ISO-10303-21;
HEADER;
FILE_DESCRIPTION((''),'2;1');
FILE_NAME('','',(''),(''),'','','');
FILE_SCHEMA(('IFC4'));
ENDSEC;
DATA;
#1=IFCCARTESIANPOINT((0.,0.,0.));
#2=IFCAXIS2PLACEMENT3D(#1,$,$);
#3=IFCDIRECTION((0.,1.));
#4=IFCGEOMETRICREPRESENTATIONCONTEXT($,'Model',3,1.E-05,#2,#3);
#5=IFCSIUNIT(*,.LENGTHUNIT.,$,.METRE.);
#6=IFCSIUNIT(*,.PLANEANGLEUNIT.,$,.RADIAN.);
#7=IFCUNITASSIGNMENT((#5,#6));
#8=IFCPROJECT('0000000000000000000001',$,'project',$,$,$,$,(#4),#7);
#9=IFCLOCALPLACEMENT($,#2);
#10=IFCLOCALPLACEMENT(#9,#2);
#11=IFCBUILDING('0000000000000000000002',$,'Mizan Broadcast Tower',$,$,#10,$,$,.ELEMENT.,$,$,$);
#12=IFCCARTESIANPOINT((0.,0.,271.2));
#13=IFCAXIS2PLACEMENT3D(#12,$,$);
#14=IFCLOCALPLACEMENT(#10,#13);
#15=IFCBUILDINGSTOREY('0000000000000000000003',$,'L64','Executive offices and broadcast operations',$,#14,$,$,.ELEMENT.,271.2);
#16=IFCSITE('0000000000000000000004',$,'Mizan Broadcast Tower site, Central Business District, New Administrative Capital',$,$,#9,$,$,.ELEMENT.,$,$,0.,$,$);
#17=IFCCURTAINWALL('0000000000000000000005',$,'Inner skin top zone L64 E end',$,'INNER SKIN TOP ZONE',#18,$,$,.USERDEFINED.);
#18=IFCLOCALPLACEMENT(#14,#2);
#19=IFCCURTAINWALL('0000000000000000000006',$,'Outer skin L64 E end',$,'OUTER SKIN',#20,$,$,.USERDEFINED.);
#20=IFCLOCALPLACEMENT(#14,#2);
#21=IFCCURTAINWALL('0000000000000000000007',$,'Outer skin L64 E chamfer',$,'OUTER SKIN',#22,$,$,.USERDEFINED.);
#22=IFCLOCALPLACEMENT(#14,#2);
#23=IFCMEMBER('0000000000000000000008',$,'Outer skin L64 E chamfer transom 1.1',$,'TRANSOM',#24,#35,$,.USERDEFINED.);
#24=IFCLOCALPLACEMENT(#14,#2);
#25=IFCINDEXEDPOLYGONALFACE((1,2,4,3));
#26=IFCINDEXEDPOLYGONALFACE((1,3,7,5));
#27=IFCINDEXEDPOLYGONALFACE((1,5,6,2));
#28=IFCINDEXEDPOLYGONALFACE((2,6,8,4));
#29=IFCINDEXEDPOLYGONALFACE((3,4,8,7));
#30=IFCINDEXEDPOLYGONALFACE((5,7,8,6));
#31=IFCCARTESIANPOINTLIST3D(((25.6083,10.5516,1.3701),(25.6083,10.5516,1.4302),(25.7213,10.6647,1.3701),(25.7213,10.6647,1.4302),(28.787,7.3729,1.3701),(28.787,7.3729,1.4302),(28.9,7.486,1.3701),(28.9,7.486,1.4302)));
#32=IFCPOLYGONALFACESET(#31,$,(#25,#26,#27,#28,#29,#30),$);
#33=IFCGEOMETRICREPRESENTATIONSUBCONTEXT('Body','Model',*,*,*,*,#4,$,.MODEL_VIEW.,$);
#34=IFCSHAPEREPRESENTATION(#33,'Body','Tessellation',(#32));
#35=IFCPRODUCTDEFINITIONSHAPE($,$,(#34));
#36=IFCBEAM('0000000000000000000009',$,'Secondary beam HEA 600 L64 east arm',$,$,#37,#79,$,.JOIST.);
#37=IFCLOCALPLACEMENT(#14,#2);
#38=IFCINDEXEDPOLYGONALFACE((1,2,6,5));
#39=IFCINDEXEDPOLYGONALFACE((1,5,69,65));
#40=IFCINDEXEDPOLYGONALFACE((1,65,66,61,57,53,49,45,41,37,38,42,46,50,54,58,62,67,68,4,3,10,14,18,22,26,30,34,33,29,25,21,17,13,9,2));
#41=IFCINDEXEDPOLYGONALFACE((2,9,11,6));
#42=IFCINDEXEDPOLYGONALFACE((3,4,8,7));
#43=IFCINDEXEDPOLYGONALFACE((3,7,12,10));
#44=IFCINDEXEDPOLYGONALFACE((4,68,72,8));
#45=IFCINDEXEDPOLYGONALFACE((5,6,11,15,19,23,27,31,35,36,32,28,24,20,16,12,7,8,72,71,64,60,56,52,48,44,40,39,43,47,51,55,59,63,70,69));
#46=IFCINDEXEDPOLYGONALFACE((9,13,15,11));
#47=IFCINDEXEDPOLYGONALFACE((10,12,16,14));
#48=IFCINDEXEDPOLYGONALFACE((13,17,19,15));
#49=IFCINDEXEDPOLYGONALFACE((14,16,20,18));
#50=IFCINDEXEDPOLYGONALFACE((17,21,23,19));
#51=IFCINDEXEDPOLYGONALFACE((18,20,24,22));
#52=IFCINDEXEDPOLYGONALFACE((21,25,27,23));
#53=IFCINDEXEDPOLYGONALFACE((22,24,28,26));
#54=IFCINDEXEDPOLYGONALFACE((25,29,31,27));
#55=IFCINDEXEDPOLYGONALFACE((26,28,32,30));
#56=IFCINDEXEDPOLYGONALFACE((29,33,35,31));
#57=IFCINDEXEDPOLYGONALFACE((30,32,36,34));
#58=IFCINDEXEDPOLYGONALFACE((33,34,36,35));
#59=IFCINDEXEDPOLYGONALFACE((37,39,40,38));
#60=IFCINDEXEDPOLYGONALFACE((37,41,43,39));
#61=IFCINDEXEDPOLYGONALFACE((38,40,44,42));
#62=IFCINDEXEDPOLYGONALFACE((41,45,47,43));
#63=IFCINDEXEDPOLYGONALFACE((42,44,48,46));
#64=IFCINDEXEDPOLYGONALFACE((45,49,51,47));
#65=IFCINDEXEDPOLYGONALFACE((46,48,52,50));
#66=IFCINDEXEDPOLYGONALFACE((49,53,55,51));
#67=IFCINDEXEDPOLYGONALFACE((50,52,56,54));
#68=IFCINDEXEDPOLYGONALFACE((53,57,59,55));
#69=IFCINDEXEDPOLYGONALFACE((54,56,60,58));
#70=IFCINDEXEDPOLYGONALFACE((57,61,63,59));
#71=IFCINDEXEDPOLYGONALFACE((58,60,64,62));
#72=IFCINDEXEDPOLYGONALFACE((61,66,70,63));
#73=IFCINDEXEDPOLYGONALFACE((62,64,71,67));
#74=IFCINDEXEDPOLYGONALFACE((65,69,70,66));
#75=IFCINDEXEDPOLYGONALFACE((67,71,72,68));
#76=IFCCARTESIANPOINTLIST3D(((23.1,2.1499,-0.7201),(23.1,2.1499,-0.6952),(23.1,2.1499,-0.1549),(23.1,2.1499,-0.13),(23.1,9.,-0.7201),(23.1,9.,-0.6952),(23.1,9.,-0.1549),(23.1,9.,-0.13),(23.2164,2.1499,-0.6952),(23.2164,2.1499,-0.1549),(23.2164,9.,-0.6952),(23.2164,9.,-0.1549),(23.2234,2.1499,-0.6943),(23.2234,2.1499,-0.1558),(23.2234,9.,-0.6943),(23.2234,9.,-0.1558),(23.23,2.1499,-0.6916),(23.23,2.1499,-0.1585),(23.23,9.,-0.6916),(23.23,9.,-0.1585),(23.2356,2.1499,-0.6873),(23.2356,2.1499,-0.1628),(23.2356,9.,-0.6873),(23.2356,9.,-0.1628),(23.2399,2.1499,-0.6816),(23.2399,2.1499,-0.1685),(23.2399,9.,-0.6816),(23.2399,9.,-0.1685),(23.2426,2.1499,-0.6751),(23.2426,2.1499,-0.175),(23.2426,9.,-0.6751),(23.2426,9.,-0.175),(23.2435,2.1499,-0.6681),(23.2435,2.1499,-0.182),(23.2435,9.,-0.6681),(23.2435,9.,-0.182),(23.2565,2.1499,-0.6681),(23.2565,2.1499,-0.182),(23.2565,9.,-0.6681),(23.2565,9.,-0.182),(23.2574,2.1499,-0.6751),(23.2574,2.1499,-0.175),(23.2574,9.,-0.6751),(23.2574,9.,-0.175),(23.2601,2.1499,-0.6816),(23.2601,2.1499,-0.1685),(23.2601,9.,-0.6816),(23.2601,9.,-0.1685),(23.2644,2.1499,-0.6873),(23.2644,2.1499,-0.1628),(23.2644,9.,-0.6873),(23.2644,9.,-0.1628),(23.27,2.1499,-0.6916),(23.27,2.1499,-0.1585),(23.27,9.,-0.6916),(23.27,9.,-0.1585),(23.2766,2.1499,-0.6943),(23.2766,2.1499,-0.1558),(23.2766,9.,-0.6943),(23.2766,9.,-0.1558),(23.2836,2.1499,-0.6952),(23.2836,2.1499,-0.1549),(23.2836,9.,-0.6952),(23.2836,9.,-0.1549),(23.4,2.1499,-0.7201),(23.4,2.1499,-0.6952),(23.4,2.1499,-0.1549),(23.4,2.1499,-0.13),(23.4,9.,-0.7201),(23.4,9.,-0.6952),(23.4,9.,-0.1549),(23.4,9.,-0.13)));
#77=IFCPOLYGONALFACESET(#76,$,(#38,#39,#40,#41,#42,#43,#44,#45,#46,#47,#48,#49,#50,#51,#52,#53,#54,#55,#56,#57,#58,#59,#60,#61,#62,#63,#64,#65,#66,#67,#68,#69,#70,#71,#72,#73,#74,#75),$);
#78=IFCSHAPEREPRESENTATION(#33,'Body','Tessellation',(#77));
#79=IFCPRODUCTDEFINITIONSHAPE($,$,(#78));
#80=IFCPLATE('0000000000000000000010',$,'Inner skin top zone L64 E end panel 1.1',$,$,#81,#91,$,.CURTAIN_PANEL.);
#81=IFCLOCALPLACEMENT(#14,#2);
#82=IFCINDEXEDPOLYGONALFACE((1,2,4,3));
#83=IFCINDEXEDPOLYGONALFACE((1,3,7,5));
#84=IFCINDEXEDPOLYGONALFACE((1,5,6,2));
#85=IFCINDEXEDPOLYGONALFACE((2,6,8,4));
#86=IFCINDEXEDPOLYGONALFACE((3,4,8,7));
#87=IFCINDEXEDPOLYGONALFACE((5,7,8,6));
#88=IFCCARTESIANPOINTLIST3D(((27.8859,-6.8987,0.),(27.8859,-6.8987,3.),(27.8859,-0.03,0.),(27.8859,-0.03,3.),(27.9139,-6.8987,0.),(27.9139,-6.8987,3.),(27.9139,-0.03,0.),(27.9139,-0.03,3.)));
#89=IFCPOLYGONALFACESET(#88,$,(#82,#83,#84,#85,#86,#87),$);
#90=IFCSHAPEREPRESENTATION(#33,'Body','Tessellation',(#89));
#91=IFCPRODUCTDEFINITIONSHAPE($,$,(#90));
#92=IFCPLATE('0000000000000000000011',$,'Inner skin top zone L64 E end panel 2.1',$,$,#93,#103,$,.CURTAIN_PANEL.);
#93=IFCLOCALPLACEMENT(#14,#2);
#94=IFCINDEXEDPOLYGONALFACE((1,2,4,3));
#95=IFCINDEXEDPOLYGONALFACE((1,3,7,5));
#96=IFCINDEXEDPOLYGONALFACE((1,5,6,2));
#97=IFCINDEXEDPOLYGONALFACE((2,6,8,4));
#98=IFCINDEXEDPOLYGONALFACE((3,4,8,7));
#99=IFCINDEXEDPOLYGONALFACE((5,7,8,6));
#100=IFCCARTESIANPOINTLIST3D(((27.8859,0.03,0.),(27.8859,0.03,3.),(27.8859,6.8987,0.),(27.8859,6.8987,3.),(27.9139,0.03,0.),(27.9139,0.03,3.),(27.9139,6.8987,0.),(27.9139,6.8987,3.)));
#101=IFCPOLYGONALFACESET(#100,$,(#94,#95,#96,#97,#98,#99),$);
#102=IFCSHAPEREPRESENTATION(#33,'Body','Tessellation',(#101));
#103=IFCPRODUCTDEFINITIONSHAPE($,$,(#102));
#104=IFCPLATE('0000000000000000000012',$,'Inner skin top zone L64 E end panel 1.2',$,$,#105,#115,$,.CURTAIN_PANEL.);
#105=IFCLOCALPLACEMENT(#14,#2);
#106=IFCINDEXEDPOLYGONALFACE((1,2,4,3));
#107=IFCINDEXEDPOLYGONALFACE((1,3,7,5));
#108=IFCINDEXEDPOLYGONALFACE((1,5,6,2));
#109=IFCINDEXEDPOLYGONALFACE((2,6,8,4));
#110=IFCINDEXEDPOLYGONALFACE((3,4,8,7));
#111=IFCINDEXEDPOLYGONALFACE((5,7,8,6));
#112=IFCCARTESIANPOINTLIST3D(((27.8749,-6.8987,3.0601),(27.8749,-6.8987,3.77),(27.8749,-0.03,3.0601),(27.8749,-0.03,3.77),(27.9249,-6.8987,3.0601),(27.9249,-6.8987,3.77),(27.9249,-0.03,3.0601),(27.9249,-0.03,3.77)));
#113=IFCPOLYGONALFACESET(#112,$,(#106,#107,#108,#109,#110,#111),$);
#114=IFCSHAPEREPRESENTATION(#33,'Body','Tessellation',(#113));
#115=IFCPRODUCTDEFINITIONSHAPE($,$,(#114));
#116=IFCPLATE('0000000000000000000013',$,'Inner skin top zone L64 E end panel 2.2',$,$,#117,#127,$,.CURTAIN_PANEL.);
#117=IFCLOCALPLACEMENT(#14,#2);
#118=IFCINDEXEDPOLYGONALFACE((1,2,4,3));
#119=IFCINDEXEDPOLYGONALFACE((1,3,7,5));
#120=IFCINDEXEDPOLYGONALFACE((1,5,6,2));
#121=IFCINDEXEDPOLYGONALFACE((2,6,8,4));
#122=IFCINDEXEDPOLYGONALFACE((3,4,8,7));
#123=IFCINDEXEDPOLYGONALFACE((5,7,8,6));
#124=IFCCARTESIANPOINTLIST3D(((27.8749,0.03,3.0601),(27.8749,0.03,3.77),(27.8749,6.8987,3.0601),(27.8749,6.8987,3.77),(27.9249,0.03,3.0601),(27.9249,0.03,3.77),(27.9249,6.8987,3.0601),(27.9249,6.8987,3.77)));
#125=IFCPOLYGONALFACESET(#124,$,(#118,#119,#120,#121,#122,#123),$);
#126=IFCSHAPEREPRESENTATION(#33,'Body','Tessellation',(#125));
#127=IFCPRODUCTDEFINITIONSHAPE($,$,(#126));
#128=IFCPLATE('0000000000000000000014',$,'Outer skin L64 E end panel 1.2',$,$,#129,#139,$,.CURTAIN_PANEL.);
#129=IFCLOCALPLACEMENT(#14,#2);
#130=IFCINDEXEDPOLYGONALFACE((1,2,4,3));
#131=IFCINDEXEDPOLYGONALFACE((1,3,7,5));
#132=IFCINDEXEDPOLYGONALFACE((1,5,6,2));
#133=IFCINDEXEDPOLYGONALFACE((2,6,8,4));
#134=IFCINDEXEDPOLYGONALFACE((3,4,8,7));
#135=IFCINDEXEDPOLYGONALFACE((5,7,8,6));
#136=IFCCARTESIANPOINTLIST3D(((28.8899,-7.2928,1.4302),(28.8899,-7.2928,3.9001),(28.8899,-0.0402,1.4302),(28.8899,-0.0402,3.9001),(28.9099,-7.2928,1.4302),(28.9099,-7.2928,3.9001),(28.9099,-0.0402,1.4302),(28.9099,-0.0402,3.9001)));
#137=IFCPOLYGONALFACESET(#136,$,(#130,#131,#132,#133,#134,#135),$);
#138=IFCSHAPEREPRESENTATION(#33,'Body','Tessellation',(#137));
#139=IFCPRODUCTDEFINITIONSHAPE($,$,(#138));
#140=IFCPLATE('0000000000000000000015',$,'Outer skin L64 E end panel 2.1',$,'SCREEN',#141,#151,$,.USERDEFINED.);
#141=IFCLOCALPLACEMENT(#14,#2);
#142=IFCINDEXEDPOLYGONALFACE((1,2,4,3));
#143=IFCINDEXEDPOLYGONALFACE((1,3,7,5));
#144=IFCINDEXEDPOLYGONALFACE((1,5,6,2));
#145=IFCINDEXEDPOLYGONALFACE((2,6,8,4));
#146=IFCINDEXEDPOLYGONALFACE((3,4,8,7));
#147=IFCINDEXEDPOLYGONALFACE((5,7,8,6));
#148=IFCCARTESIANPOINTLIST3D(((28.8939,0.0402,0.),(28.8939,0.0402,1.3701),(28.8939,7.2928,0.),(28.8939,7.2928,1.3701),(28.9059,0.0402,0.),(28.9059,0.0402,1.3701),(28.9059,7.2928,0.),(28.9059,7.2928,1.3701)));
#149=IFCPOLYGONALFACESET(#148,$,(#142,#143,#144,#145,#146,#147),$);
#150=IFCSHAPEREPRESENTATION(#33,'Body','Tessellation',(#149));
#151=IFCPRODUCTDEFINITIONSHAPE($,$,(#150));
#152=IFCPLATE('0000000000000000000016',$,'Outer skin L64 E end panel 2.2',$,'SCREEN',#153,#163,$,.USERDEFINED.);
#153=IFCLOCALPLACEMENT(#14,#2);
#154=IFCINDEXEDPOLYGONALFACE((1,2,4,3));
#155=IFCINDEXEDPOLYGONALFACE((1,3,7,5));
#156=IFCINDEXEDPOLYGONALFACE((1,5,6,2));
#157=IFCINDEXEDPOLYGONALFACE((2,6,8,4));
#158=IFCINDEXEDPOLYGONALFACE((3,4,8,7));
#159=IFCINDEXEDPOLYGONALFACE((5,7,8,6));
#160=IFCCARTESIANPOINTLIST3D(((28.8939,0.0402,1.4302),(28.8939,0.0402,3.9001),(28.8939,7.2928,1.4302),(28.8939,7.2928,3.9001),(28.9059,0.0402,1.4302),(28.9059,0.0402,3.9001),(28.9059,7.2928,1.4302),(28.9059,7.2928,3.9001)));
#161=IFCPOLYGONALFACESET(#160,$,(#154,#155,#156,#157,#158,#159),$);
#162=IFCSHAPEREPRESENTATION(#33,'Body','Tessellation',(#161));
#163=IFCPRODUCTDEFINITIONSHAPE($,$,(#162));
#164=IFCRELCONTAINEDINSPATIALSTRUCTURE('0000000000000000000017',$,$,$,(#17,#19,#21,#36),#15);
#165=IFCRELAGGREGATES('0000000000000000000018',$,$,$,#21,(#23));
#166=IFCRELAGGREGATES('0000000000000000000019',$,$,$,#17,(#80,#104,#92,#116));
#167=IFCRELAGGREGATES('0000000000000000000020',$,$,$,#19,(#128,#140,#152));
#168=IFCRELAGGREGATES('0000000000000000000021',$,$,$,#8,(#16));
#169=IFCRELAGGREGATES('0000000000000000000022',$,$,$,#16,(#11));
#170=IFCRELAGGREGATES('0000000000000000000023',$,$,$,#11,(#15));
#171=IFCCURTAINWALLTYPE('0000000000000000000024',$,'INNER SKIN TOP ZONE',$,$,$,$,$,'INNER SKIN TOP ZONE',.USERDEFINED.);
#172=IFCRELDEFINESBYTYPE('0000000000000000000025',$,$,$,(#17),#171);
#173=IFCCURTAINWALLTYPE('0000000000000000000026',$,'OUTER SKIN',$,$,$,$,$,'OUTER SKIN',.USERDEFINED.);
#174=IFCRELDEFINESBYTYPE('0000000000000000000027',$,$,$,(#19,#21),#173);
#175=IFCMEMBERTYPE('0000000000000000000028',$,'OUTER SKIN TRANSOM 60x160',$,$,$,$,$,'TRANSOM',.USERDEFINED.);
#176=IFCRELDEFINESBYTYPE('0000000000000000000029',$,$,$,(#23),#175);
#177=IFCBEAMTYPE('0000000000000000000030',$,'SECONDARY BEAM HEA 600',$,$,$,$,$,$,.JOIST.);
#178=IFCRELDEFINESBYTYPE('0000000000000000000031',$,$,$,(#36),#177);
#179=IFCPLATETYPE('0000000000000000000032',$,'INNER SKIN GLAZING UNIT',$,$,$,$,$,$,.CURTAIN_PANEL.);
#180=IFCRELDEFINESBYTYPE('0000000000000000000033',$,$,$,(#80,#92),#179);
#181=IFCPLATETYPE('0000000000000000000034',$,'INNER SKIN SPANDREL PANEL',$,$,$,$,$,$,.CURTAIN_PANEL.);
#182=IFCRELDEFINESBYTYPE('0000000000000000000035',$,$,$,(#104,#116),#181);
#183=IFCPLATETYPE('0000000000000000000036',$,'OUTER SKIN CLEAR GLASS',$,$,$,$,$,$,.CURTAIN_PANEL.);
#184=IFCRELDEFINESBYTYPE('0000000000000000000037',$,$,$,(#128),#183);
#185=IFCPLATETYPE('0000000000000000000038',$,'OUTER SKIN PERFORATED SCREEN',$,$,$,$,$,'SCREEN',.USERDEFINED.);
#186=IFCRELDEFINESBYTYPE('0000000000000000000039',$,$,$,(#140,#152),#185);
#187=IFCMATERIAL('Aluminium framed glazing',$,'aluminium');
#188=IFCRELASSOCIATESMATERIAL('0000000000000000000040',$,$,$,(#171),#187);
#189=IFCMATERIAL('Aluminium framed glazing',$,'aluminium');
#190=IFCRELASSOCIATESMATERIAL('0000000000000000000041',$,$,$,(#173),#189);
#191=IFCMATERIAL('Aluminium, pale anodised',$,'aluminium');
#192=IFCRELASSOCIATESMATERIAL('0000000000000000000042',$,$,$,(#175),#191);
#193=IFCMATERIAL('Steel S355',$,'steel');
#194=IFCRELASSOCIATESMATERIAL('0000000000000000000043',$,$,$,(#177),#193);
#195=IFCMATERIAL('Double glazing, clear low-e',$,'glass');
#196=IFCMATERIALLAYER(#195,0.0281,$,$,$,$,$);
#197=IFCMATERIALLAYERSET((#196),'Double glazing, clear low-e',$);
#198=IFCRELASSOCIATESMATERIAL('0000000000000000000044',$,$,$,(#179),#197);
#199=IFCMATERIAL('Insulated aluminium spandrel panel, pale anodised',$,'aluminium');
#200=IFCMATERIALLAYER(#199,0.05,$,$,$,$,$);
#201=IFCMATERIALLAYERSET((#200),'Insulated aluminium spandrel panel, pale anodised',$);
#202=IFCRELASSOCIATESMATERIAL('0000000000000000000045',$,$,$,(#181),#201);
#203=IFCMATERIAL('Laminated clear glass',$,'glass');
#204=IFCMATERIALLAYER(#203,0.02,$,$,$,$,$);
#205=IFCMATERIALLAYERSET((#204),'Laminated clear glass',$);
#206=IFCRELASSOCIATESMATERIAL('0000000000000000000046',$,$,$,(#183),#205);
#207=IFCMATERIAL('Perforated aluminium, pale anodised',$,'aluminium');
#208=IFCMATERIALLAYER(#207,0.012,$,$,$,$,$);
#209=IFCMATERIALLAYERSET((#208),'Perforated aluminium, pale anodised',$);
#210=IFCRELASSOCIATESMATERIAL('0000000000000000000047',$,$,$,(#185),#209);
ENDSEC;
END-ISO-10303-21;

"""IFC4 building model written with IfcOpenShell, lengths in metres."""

from ifc_helpers import new_model, si_unit, direction, frame, origin, origin_2d, place, context, subcontext, project, spatial, rectangle, i_section, extrude, material, layer, layer_set, material_profile, profile_set, type_object, element, aggregate, save


model = new_model("IFC4")

# Units and contexts
model_context = context("Model", 3, precision=1e-05, world=origin(), true_north=direction((0.0, 1.0)))
body_context = subcontext(model_context, "Body", "Model", "MODEL_VIEW")
ifc_project = project(units=[si_unit("LENGTHUNIT", "METRE"), si_unit("PLANEANGLEUNIT", "RADIAN")], contexts=[model_context])

# Site, building, storey
site_placement = place(None, origin())
site = spatial("IfcSite", under=ifc_project, at=site_placement, Name="Mizan Broadcast Tower site, Central Business District, New Administrative Capital", CompositionType="ELEMENT", RefElevation=0.0)
building_placement = place(site_placement, origin())
building = spatial("IfcBuilding", under=site, at=building_placement, Name="Mizan Broadcast Tower", CompositionType="ELEMENT")
storey_placement = place(building_placement, frame((0.0, 0.0, 271.2)))
storey = spatial("IfcBuildingStorey", under=building, at=storey_placement, Name="L64", Description="Executive offices and broadcast operations", CompositionType="ELEMENT", Elevation=271.2)

# Curtain wall
ifc_material_1 = material(Name="Aluminium framed glazing", Category="aluminium")
curtain_wall_type_1 = type_object("IfcCurtainWallType", Name="INNER SKIN TOP ZONE", ElementType="INNER SKIN TOP ZONE", PredefinedType="USERDEFINED", material=ifc_material_1)
curtain_wall_1_placement = place(storey_placement, origin())
curtain_wall_1 = element("IfcCurtainWall", 1, at=curtain_wall_1_placement, inside=storey, type_object=curtain_wall_type_1, Name="Inner skin top zone L64 E end", ObjectType="INNER SKIN TOP ZONE", PredefinedType="USERDEFINED")

# Curtain wall
ifc_material_2 = material(Name="Aluminium framed glazing", Category="aluminium")
curtain_wall_type_2 = type_object("IfcCurtainWallType", Name="OUTER SKIN", ElementType="OUTER SKIN", PredefinedType="USERDEFINED", material=ifc_material_2)
curtain_wall_2_placement = place(storey_placement, origin())
curtain_wall_2 = element("IfcCurtainWall", 2, at=curtain_wall_2_placement, inside=storey, type_object=curtain_wall_type_2, Name="Outer skin L64 E end", ObjectType="OUTER SKIN", PredefinedType="USERDEFINED")
ifc_material_3 = material(Name="Aluminium, pale anodised", Category="aluminium")
ifc_material_profile_1 = material_profile(ifc_material_3, rectangle(XDim=0.1599, YDim=0.0601, at=origin_2d()), Name="TRANSOM 160x60")
ifc_profile_set_1 = profile_set([ifc_material_profile_1], Name="Aluminium, pale anodised")
member_type_1 = type_object("IfcMemberType", Name="OUTER SKIN TRANSOM 60x160", ElementType="TRANSOM", PredefinedType="USERDEFINED", material=ifc_profile_set_1)

# Curtain wall, member
curtain_wall_3_placement = place(storey_placement, origin())
curtain_wall_3 = element("IfcCurtainWall", 3, at=curtain_wall_3_placement, inside=storey, type_object=curtain_wall_type_2, Name="Outer skin L64 E chamfer", ObjectType="OUTER SKIN", PredefinedType="USERDEFINED")
member_1_placement = place(storey_placement, frame((28.8435, 7.4294, 1.4001), z_axis=(-0.707107, 0.707107, 0.0), x_axis=(-0.707107, -0.707107, 0.0)))
member_1 = element("IfcMember", 4, at=member_1_placement, type_object=member_type_1, Name="Outer skin L64 E chamfer transom 1.1", ObjectType="TRANSOM", PredefinedType="USERDEFINED", context=body_context, shape_type="SweptSolid", body=[
    extrude(rectangle(XDim=0.1599, YDim=0.0601, at=origin_2d()), origin(), (0.0, 0.0, 1.0), 4.4954),
])
aggregate(curtain_wall_3, [member_1])

# Beam
ifc_material_4 = material(Name="Steel S355", Category="steel")
ifc_material_profile_2 = material_profile(ifc_material_4, i_section(OverallWidth=0.3, OverallDepth=0.5901, WebThickness=0.0129, FlangeThickness=0.0249, FilletRadius=0.0271, at=origin_2d()), Name="HEA 600")
ifc_profile_set_2 = profile_set([ifc_material_profile_2], Name="Steel S355")
beam_type_1 = type_object("IfcBeamType", Name="SECONDARY BEAM HEA 600", PredefinedType="JOIST", material=ifc_profile_set_2)
beam_1_placement = place(storey_placement, frame((23.25, 9.0, -0.425), z_axis=(0.0, -1.0, 0.0), x_axis=(1.0, 0.0, 0.0)))
element("IfcBeam", 5, at=beam_1_placement, inside=storey, type_object=beam_type_1, Name="Secondary beam HEA 600 L64 east arm", PredefinedType="JOIST", context=body_context, shape_type="SweptSolid", body=[
    extrude(i_section(OverallWidth=0.3, OverallDepth=0.5901, WebThickness=0.0129, FlangeThickness=0.0249, FilletRadius=0.0271, at=origin_2d()), origin(), (0.0, 0.0, 1.0), 6.8501),
])

# Plates
ifc_material_5 = material(Name="Double glazing, clear low-e", Category="glass")
ifc_layer_1 = layer(ifc_material_5, 0.0281)
ifc_layer_set_1 = layer_set([ifc_layer_1], Name="Double glazing, clear low-e")
plate_type_1 = type_object("IfcPlateType", Name="INNER SKIN GLAZING UNIT", PredefinedType="CURTAIN_PANEL", material=ifc_layer_set_1)
plate_1_placement = place(storey_placement, frame((27.8999, -3.4644, 0.0), z_axis=(0.0, 0.0, 1.0), x_axis=(0.0, 1.0, 0.0)))
plate_1 = element("IfcPlate", 6, at=plate_1_placement, type_object=plate_type_1, Name="Inner skin top zone L64 E end panel 1.1", PredefinedType="CURTAIN_PANEL", context=body_context, shape_type="SweptSolid", body=[
    extrude(rectangle(XDim=6.8687, YDim=0.0281, at=origin_2d()), origin(), (0.0, 0.0, 1.0), 3.0),
])
plate_2_placement = place(storey_placement, frame((27.8999, 3.4644, 0.0), z_axis=(0.0, 0.0, 1.0), x_axis=(0.0, 1.0, 0.0)))
plate_2 = element("IfcPlate", 7, at=plate_2_placement, type_object=plate_type_1, Name="Inner skin top zone L64 E end panel 2.1", PredefinedType="CURTAIN_PANEL", context=body_context, shape_type="SweptSolid", body=[
    extrude(rectangle(XDim=6.8687, YDim=0.0281, at=origin_2d()), origin(), (0.0, 0.0, 1.0), 3.0),
])
ifc_material_6 = material(Name="Insulated aluminium spandrel panel, pale anodised", Category="aluminium")
ifc_layer_2 = layer(ifc_material_6, 0.05)
ifc_layer_set_2 = layer_set([ifc_layer_2], Name="Insulated aluminium spandrel panel, pale anodised")
plate_type_2 = type_object("IfcPlateType", Name="INNER SKIN SPANDREL PANEL", PredefinedType="CURTAIN_PANEL", material=ifc_layer_set_2)
plate_3_placement = place(storey_placement, frame((27.8999, -3.4644, 3.0601), z_axis=(0.0, 0.0, 1.0), x_axis=(0.0, 1.0, 0.0)))
plate_3 = element("IfcPlate", 8, at=plate_3_placement, type_object=plate_type_2, Name="Inner skin top zone L64 E end panel 1.2", PredefinedType="CURTAIN_PANEL", context=body_context, shape_type="SweptSolid", body=[
    extrude(rectangle(XDim=6.8687, YDim=0.05, at=origin_2d()), origin(), (0.0, 0.0, 1.0), 0.71),
])
plate_4_placement = place(storey_placement, frame((27.8999, 3.4644, 3.0601), z_axis=(0.0, 0.0, 1.0), x_axis=(0.0, 1.0, 0.0)))
plate_4 = element("IfcPlate", 9, at=plate_4_placement, type_object=plate_type_2, Name="Inner skin top zone L64 E end panel 2.2", PredefinedType="CURTAIN_PANEL", context=body_context, shape_type="SweptSolid", body=[
    extrude(rectangle(XDim=6.8687, YDim=0.05, at=origin_2d()), origin(), (0.0, 0.0, 1.0), 0.71),
])
aggregate(curtain_wall_1, [plate_1, plate_3, plate_2, plate_4])
ifc_material_7 = material(Name="Laminated clear glass", Category="glass")
ifc_layer_3 = layer(ifc_material_7, 0.02)
ifc_layer_set_3 = layer_set([ifc_layer_3], Name="Laminated clear glass")
plate_type_3 = type_object("IfcPlateType", Name="OUTER SKIN CLEAR GLASS", PredefinedType="CURTAIN_PANEL", material=ifc_layer_set_3)
plate_5_placement = place(storey_placement, frame((28.8999, -3.6665, 1.4302), z_axis=(0.0, 0.0, 1.0), x_axis=(0.0, 1.0, 0.0)))
plate_5 = element("IfcPlate", 10, at=plate_5_placement, type_object=plate_type_3, Name="Outer skin L64 E end panel 1.2", PredefinedType="CURTAIN_PANEL", context=body_context, shape_type="SweptSolid", body=[
    extrude(rectangle(XDim=7.2527, YDim=0.02, at=origin_2d()), origin(), (0.0, 0.0, 1.0), 2.47),
])
ifc_material_8 = material(Name="Perforated aluminium, pale anodised", Category="aluminium")
ifc_layer_4 = layer(ifc_material_8, 0.012)
ifc_layer_set_4 = layer_set([ifc_layer_4], Name="Perforated aluminium, pale anodised")
plate_type_4 = type_object("IfcPlateType", Name="OUTER SKIN PERFORATED SCREEN", ElementType="SCREEN", PredefinedType="USERDEFINED", material=ifc_layer_set_4)
plate_6_placement = place(storey_placement, frame((28.8999, 3.6665, 0.0), z_axis=(0.0, 0.0, 1.0), x_axis=(0.0, 1.0, 0.0)))
plate_6 = element("IfcPlate", 11, at=plate_6_placement, type_object=plate_type_4, Name="Outer skin L64 E end panel 2.1", ObjectType="SCREEN", PredefinedType="USERDEFINED", context=body_context, shape_type="SweptSolid", body=[
    extrude(rectangle(XDim=7.2527, YDim=0.012, at=origin_2d()), origin(), (0.0, 0.0, 1.0), 1.3701),
])
plate_7_placement = place(storey_placement, frame((28.8999, 3.6665, 1.4302), z_axis=(0.0, 0.0, 1.0), x_axis=(0.0, 1.0, 0.0)))
plate_7 = element("IfcPlate", 12, at=plate_7_placement, type_object=plate_type_4, Name="Outer skin L64 E end panel 2.2", ObjectType="SCREEN", PredefinedType="USERDEFINED", context=body_context, shape_type="SweptSolid", body=[
    extrude(rectangle(XDim=7.2527, YDim=0.012, at=origin_2d()), origin(), (0.0, 0.0, 1.0), 2.47),
])
aggregate(curtain_wall_2, [plate_5, plate_6, plate_7])

save(model, "model.ifc")
